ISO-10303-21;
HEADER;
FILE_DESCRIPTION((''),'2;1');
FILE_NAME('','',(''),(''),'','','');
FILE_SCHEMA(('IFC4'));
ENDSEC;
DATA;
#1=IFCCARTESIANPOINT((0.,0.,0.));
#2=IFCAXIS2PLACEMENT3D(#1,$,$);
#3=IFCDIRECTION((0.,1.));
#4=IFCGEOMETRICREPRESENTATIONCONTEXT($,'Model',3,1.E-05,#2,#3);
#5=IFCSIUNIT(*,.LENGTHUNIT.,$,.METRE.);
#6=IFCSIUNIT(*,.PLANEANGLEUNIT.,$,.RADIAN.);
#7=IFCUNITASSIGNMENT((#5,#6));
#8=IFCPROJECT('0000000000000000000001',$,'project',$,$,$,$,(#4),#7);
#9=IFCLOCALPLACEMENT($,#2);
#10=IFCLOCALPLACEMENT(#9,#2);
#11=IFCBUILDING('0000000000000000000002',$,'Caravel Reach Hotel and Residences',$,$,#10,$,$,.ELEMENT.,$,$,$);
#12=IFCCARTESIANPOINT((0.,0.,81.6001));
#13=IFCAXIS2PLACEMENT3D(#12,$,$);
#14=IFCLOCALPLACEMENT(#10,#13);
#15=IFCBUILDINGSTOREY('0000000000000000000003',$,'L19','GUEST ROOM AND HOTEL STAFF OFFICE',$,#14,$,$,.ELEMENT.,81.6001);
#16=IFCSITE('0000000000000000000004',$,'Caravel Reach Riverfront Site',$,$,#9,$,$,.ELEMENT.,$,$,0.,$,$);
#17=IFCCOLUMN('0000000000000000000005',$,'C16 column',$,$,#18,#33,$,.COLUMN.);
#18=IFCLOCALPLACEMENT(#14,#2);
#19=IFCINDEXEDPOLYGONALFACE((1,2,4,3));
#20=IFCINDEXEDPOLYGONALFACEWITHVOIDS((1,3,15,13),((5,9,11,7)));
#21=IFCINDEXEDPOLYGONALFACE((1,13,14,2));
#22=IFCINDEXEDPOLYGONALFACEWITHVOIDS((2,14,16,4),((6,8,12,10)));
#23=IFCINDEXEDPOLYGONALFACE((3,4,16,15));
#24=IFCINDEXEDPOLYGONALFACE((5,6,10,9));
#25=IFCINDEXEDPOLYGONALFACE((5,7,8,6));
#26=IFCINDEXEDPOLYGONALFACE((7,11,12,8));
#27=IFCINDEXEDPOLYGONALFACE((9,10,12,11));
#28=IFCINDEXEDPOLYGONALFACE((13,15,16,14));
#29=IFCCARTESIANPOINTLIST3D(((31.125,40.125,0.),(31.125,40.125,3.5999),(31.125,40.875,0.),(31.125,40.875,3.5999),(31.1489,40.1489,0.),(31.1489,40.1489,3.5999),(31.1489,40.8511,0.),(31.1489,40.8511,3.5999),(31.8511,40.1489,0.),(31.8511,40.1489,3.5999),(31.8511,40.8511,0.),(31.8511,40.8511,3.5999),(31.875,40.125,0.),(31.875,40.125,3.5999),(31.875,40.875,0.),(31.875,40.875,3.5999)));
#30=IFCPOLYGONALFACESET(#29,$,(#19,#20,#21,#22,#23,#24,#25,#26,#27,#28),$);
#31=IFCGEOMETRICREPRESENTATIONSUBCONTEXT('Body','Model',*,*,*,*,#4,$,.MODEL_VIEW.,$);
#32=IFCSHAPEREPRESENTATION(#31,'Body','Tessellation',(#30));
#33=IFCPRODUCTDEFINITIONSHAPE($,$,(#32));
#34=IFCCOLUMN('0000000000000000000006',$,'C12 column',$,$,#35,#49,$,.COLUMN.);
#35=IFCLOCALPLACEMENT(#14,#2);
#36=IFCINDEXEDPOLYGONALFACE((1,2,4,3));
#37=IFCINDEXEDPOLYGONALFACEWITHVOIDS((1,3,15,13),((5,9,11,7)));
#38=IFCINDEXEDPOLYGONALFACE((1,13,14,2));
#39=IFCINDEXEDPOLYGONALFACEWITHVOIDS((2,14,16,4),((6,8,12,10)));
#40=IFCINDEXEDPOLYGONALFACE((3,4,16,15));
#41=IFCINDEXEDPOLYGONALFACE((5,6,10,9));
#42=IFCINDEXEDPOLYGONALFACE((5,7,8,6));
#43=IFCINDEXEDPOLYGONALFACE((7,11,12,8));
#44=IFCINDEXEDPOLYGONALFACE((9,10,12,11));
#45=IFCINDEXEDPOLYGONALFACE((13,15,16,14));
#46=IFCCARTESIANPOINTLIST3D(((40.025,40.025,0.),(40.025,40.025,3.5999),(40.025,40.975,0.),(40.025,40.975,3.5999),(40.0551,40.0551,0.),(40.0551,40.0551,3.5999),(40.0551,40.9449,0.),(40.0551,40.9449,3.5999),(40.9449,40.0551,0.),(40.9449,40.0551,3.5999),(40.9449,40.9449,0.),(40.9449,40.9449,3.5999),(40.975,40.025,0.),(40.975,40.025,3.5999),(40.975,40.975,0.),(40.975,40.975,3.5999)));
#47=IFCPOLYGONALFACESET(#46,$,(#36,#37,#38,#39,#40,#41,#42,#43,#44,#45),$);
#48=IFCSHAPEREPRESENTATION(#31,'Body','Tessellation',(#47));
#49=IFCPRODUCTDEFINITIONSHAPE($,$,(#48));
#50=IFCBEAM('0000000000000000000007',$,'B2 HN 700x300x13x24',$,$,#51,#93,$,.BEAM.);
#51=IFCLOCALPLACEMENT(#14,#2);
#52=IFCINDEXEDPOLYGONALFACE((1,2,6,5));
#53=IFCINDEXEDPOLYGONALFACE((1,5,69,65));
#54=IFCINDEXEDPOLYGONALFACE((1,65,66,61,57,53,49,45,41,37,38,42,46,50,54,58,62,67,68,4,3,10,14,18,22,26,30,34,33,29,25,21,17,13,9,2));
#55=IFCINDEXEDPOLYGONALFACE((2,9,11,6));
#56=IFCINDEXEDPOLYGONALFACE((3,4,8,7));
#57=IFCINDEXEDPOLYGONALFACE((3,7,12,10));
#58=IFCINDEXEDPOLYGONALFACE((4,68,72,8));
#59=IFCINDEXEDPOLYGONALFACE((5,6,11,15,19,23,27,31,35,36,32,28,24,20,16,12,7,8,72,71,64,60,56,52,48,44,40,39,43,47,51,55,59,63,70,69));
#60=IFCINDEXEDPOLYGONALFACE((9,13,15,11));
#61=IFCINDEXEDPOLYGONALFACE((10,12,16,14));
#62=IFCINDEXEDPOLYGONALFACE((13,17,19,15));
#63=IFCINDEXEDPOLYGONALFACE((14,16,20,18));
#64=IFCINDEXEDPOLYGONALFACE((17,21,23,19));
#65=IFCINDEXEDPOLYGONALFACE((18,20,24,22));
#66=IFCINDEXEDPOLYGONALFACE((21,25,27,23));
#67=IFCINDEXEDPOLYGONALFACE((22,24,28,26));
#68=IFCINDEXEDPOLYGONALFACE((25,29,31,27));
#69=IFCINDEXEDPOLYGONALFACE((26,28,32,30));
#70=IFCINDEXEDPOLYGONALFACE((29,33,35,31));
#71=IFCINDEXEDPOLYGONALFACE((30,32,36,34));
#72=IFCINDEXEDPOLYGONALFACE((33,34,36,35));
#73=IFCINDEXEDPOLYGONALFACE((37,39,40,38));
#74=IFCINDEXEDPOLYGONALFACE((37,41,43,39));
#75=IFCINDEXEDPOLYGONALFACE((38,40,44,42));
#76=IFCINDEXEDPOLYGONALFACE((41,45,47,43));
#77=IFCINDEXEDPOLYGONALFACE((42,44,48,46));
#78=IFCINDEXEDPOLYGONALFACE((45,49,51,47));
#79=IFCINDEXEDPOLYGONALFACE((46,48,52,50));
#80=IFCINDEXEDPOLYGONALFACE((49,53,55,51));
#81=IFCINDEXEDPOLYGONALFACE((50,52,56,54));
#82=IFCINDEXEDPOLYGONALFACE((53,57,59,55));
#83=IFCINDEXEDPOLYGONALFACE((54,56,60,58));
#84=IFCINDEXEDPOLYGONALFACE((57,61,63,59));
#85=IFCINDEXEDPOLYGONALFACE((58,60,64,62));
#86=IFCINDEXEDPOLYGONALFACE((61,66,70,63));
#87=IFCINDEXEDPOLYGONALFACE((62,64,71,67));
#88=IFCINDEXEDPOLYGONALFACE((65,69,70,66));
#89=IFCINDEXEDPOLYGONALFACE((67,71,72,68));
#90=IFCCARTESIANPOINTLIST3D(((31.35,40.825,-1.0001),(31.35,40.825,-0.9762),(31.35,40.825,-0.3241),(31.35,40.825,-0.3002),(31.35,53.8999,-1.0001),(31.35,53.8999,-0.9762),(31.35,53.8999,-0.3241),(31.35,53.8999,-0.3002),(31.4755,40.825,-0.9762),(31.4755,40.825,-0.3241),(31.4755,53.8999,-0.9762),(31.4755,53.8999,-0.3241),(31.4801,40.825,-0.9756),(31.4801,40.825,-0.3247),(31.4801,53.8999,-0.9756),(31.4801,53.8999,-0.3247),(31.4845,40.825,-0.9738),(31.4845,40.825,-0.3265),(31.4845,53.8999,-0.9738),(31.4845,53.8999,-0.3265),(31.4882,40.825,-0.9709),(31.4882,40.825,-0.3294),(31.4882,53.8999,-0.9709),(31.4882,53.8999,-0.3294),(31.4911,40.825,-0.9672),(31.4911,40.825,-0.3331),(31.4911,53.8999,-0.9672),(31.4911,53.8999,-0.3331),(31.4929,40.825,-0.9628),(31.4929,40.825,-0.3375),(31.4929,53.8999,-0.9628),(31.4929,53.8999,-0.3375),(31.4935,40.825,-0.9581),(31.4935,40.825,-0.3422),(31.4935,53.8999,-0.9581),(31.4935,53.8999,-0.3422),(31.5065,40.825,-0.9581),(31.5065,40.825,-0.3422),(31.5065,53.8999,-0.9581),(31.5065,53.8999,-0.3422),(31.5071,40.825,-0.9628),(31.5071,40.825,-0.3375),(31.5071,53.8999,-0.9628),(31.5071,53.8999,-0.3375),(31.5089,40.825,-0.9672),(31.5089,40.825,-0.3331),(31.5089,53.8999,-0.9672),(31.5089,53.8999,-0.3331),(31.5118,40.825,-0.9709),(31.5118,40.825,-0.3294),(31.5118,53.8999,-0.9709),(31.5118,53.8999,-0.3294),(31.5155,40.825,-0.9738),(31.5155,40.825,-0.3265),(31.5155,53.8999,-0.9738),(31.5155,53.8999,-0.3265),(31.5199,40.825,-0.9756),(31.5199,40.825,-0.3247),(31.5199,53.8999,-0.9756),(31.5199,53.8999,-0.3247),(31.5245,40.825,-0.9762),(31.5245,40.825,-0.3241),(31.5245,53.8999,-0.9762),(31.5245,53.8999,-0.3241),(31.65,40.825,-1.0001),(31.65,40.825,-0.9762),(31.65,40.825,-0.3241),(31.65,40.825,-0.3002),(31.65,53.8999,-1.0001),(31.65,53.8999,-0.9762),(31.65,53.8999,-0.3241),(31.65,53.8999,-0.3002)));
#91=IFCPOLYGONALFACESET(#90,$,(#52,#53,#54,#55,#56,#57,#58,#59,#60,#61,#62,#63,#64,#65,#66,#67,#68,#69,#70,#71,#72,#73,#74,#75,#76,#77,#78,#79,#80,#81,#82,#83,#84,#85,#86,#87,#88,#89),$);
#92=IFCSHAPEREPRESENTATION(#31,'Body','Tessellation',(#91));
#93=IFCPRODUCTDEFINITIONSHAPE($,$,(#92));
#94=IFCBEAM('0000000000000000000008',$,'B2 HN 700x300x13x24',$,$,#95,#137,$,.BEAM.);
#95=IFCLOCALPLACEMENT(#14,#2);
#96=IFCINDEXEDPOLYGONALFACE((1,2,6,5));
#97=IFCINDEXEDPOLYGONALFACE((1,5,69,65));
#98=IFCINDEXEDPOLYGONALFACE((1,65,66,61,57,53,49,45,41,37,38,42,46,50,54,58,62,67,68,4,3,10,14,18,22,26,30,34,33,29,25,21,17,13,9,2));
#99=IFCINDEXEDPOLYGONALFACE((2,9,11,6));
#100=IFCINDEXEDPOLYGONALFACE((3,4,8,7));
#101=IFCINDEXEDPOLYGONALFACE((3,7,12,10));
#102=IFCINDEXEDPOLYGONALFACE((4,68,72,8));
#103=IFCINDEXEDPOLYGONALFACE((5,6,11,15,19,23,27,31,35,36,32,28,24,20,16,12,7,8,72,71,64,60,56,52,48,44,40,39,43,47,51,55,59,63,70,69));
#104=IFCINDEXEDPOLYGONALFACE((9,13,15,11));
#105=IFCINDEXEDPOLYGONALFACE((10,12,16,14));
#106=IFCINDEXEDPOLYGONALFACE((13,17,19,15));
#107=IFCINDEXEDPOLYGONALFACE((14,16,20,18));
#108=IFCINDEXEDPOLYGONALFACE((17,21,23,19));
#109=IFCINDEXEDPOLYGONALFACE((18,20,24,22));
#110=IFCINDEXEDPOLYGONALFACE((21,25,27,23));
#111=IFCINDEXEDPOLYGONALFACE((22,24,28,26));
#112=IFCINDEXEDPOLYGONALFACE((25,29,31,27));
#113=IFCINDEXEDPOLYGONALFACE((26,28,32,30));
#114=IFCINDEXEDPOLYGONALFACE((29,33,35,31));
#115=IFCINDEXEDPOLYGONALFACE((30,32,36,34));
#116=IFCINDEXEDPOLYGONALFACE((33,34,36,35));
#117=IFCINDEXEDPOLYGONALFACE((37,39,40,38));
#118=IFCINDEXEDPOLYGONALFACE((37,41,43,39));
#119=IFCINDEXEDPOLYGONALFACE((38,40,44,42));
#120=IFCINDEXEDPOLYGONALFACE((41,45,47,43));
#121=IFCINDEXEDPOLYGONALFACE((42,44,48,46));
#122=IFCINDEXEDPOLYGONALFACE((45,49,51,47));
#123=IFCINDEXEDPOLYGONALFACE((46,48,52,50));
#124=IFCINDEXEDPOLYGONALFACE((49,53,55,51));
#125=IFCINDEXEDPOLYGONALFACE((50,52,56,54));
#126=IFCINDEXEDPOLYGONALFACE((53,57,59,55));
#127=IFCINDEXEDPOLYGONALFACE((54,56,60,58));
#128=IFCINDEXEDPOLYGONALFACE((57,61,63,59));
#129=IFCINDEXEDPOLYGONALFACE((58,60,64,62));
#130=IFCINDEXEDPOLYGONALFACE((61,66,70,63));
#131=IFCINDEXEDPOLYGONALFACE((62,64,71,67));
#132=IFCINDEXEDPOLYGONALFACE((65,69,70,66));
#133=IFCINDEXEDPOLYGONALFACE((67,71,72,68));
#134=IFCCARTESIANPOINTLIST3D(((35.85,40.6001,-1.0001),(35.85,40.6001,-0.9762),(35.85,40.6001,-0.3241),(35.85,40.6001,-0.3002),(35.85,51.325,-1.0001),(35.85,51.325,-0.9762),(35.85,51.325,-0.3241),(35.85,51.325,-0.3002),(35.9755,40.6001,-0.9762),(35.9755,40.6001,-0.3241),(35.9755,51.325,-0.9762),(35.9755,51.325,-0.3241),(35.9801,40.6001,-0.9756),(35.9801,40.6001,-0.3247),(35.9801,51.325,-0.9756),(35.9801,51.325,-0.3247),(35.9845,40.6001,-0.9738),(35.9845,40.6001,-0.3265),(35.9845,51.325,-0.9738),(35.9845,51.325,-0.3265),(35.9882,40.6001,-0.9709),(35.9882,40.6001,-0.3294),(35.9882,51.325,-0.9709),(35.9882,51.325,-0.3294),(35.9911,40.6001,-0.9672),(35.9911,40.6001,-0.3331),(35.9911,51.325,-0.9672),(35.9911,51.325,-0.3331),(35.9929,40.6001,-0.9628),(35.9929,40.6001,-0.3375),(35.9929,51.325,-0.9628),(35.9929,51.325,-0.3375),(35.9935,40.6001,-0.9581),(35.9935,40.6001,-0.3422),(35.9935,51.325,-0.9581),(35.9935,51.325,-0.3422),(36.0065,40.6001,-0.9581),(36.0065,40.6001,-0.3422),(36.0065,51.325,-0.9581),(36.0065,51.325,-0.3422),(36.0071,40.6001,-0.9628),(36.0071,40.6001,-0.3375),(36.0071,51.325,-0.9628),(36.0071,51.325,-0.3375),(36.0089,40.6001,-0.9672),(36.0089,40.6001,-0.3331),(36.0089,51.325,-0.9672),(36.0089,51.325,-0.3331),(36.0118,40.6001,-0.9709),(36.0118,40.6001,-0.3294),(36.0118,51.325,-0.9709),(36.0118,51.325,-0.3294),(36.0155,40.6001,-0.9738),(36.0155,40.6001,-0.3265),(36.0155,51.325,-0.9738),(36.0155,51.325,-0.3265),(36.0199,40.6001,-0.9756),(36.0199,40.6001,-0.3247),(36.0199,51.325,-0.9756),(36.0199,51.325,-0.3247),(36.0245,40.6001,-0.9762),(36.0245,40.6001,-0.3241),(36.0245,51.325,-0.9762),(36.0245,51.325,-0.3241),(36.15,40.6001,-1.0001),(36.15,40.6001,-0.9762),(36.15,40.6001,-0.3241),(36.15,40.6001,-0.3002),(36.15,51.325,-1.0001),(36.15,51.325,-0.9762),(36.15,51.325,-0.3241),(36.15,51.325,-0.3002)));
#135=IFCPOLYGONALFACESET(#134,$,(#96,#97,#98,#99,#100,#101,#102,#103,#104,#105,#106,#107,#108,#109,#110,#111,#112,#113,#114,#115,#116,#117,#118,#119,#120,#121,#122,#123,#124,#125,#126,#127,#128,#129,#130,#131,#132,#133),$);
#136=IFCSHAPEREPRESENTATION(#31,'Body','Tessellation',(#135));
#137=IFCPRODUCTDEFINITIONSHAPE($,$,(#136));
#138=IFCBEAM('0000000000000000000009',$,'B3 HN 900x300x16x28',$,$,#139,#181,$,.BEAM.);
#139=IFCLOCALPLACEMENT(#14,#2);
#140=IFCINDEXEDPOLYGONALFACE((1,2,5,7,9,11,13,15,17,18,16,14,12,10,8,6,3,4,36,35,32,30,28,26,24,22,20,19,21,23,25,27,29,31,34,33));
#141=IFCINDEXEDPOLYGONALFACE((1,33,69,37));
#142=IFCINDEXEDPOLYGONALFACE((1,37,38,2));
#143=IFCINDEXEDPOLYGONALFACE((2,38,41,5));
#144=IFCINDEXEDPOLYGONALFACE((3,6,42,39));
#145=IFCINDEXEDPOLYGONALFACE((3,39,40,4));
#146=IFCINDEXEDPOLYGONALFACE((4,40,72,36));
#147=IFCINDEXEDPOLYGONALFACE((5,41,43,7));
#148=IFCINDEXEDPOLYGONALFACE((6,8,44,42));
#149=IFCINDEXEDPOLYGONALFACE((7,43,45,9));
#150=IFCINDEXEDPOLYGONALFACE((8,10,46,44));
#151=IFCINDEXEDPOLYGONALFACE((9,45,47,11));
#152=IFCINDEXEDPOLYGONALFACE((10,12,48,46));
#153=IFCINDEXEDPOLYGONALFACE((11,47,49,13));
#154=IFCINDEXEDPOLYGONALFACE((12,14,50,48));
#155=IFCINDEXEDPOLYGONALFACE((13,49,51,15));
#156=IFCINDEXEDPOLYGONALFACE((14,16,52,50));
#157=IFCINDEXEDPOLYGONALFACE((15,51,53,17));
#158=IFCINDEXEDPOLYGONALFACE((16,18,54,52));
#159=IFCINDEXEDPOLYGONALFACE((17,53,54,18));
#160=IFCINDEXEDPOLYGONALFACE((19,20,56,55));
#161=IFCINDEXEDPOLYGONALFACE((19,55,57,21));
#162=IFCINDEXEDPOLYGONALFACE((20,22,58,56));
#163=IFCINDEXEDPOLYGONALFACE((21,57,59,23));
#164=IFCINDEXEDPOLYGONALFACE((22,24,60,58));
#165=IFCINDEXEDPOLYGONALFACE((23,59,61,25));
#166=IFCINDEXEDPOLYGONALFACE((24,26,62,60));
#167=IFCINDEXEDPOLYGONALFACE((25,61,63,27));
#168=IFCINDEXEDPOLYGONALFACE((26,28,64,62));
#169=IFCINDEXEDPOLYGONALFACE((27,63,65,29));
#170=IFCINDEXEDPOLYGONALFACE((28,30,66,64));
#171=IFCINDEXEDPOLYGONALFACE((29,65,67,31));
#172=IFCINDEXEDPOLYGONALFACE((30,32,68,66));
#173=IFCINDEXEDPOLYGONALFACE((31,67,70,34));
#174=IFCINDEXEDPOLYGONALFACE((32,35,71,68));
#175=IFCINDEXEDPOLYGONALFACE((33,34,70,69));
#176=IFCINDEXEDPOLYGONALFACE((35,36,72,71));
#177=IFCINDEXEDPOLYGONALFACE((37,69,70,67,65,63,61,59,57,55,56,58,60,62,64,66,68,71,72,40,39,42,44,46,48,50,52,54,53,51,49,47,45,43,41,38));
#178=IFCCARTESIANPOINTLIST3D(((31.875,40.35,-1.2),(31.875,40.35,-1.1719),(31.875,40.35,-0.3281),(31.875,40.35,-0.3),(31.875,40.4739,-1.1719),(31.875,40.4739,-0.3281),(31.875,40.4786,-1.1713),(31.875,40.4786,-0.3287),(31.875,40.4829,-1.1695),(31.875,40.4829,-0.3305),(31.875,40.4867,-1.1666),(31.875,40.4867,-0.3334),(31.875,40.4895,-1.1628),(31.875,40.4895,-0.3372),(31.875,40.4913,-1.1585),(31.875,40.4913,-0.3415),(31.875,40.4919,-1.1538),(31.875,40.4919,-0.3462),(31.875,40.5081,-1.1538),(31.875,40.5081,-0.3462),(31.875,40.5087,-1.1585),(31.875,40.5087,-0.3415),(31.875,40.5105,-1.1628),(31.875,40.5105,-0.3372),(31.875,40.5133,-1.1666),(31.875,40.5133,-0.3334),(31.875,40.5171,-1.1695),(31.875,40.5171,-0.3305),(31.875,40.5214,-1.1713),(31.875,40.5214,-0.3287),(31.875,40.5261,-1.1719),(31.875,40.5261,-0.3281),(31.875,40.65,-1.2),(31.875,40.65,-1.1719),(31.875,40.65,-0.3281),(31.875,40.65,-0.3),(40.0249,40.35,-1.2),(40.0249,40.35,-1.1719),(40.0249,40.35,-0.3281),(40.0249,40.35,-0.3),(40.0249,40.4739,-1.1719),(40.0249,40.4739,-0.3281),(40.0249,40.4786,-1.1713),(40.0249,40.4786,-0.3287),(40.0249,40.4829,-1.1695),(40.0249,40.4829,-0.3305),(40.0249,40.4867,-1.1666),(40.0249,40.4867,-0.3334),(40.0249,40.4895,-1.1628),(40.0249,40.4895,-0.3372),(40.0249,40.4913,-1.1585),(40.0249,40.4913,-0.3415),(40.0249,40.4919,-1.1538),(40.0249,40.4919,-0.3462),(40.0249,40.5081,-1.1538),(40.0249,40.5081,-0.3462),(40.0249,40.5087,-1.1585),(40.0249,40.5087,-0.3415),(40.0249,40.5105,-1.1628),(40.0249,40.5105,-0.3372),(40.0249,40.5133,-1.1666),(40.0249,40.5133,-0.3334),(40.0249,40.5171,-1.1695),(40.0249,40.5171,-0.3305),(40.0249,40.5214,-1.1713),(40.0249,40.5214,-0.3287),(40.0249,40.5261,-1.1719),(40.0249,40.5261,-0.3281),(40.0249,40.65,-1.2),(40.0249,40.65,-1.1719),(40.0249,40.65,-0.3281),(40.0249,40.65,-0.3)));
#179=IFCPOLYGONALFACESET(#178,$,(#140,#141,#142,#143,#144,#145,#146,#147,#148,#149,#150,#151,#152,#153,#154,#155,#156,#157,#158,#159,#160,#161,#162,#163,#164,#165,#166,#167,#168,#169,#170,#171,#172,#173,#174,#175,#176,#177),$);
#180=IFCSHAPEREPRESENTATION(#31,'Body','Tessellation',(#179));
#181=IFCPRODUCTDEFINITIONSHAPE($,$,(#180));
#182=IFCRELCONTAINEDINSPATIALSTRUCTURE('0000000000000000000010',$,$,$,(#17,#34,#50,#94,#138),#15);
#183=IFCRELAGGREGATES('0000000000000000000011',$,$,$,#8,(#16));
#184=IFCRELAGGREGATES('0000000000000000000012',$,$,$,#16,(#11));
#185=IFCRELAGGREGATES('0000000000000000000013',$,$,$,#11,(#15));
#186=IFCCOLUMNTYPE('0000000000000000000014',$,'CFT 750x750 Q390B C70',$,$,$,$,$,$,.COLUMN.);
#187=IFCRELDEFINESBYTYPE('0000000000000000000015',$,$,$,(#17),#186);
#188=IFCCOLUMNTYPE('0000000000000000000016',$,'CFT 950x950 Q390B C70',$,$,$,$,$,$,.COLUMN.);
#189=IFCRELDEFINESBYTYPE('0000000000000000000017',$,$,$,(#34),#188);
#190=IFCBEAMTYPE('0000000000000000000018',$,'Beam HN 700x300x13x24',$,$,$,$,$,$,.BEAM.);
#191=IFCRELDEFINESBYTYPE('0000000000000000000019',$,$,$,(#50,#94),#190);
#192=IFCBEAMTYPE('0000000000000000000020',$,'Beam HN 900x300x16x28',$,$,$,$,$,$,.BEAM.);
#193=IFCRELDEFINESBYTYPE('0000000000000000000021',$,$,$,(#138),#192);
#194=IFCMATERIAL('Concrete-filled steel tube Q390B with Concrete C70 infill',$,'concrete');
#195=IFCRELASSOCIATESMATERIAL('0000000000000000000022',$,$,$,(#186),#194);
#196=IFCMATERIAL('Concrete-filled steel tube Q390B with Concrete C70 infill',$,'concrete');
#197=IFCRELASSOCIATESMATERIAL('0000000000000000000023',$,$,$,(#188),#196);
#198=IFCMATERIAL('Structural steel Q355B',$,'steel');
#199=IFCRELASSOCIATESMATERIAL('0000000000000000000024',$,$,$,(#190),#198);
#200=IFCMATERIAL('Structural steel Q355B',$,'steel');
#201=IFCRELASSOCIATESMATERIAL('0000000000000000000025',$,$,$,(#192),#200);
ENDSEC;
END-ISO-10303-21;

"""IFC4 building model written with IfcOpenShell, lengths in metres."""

from ifc_helpers import new_model, si_unit, direction, frame, origin, origin_2d, place, context, subcontext, project, spatial, hollow_rectangle, i_section, extrude, material, material_profile, profile_set, type_object, element, save


model = new_model("IFC4")

# Units and contexts
model_context = context("Model", 3, precision=1e-05, world=origin(), true_north=direction((0.0, 1.0)))
body_context = subcontext(model_context, "Body", "Model", "MODEL_VIEW")
ifc_project = project(units=[si_unit("LENGTHUNIT", "METRE"), si_unit("PLANEANGLEUNIT", "RADIAN")], contexts=[model_context])

# Site, building, storey
site_placement = place(None, origin())
site = spatial("IfcSite", under=ifc_project, at=site_placement, Name="Caravel Reach Riverfront Site", CompositionType="ELEMENT", RefElevation=0.0)
building_placement = place(site_placement, origin())
building = spatial("IfcBuilding", under=site, at=building_placement, Name="Caravel Reach Hotel and Residences", CompositionType="ELEMENT")
storey_placement = place(building_placement, frame((0.0, 0.0, 81.6001)))
storey = spatial("IfcBuildingStorey", under=building, at=storey_placement, Name="L19", Description="GUEST ROOM AND HOTEL STAFF OFFICE", CompositionType="ELEMENT", Elevation=81.6001)

# Columns
ifc_material_1 = material(Name="Concrete-filled steel tube Q390B with Concrete C70 infill", Category="concrete")
ifc_material_profile_1 = material_profile(ifc_material_1, hollow_rectangle(XDim=0.75, YDim=0.75, WallThickness=0.0239, at=origin_2d()), Name="RHS 750x750x24")
ifc_profile_set_1 = profile_set([ifc_material_profile_1], Name="Concrete-filled steel tube Q390B with Concrete C70 infill")
column_type_1 = type_object("IfcColumnType", Name="CFT 750x750 Q390B C70", PredefinedType="COLUMN", material=ifc_profile_set_1)
column_1_placement = place(storey_placement, frame((31.5, 40.5, 0.0), z_axis=(0.0, 0.0, 1.0), x_axis=(1.0, 0.0, 0.0)))
element("IfcColumn", 1, at=column_1_placement, inside=storey, type_object=column_type_1, Name="C16 column", PredefinedType="COLUMN", context=body_context, shape_type="SweptSolid", body=[
    extrude(hollow_rectangle(XDim=0.75, YDim=0.75, WallThickness=0.0239, at=origin_2d()), origin(), (0.0, 0.0, 1.0), 3.5999),
])
ifc_material_2 = material(Name="Concrete-filled steel tube Q390B with Concrete C70 infill", Category="concrete")
ifc_material_profile_2 = material_profile(ifc_material_2, hollow_rectangle(XDim=0.95, YDim=0.95, WallThickness=0.03, at=origin_2d()), Name="RHS 950x950x30")
ifc_profile_set_2 = profile_set([ifc_material_profile_2], Name="Concrete-filled steel tube Q390B with Concrete C70 infill")
column_type_2 = type_object("IfcColumnType", Name="CFT 950x950 Q390B C70", PredefinedType="COLUMN", material=ifc_profile_set_2)
column_2_placement = place(storey_placement, frame((40.5, 40.5, 0.0), z_axis=(0.0, 0.0, 1.0), x_axis=(1.0, 0.0, 0.0)))
element("IfcColumn", 2, at=column_2_placement, inside=storey, type_object=column_type_2, Name="C12 column", PredefinedType="COLUMN", context=body_context, shape_type="SweptSolid", body=[
    extrude(hollow_rectangle(XDim=0.95, YDim=0.95, WallThickness=0.03, at=origin_2d()), origin(), (0.0, 0.0, 1.0), 3.5999),
])

# Beams
ifc_material_3 = material(Name="Structural steel Q355B", Category="steel")
ifc_material_profile_3 = material_profile(ifc_material_3, i_section(OverallWidth=0.3, OverallDepth=0.7, WebThickness=0.0129, FlangeThickness=0.0239, FilletRadius=0.0181, at=origin_2d()), Name="HN 700x300x13x24")
ifc_profile_set_3 = profile_set([ifc_material_profile_3], Name="Structural steel Q355B")
beam_type_1 = type_object("IfcBeamType", Name="Beam HN 700x300x13x24", PredefinedType="BEAM", material=ifc_profile_set_3)
beam_1_placement = place(storey_placement, frame((31.5, 40.825, -0.6501), z_axis=(0.0, 1.0, 0.0), x_axis=(-1.0, 0.0, 0.0)))
element("IfcBeam", 3, at=beam_1_placement, inside=storey, type_object=beam_type_1, Name="B2 HN 700x300x13x24", PredefinedType="BEAM", context=body_context, shape_type="SweptSolid", body=[
    extrude(i_section(OverallWidth=0.3, OverallDepth=0.7, WebThickness=0.0129, FlangeThickness=0.0239, FilletRadius=0.0181, at=origin_2d()), origin(), (0.0, 0.0, 1.0), 13.075),
])
beam_2_placement = place(storey_placement, frame((36.0, 40.6001, -0.6501), z_axis=(0.0, 1.0, 0.0), x_axis=(-1.0, 0.0, 0.0)))
element("IfcBeam", 4, at=beam_2_placement, inside=storey, type_object=beam_type_1, Name="B2 HN 700x300x13x24", PredefinedType="BEAM", context=body_context, shape_type="SweptSolid", body=[
    extrude(i_section(OverallWidth=0.3, OverallDepth=0.7, WebThickness=0.0129, FlangeThickness=0.0239, FilletRadius=0.0181, at=origin_2d()), origin(), (0.0, 0.0, 1.0), 10.7249),
])
ifc_material_4 = material(Name="Structural steel Q355B", Category="steel")
ifc_material_profile_4 = material_profile(ifc_material_4, i_section(OverallWidth=0.3, OverallDepth=0.8999, WebThickness=0.0161, FlangeThickness=0.0281, FilletRadius=0.0181, at=origin_2d()), Name="HN 900x300x16x28")
ifc_profile_set_4 = profile_set([ifc_material_profile_4], Name="Structural steel Q355B")
beam_type_2 = type_object("IfcBeamType", Name="Beam HN 900x300x16x28", PredefinedType="BEAM", material=ifc_profile_set_4)
beam_3_placement = place(storey_placement, frame((31.875, 40.5, -0.75), z_axis=(1.0, 0.0, 0.0), x_axis=(0.0, 1.0, 0.0)))
element("IfcBeam", 5, at=beam_3_placement, inside=storey, type_object=beam_type_2, Name="B3 HN 900x300x16x28", PredefinedType="BEAM", context=body_context, shape_type="SweptSolid", body=[
    extrude(i_section(OverallWidth=0.3, OverallDepth=0.8999, WebThickness=0.0161, FlangeThickness=0.0281, FilletRadius=0.0181, at=origin_2d()), origin(), (0.0, 0.0, 1.0), 8.1499),
])

save(model, "model.ifc")
